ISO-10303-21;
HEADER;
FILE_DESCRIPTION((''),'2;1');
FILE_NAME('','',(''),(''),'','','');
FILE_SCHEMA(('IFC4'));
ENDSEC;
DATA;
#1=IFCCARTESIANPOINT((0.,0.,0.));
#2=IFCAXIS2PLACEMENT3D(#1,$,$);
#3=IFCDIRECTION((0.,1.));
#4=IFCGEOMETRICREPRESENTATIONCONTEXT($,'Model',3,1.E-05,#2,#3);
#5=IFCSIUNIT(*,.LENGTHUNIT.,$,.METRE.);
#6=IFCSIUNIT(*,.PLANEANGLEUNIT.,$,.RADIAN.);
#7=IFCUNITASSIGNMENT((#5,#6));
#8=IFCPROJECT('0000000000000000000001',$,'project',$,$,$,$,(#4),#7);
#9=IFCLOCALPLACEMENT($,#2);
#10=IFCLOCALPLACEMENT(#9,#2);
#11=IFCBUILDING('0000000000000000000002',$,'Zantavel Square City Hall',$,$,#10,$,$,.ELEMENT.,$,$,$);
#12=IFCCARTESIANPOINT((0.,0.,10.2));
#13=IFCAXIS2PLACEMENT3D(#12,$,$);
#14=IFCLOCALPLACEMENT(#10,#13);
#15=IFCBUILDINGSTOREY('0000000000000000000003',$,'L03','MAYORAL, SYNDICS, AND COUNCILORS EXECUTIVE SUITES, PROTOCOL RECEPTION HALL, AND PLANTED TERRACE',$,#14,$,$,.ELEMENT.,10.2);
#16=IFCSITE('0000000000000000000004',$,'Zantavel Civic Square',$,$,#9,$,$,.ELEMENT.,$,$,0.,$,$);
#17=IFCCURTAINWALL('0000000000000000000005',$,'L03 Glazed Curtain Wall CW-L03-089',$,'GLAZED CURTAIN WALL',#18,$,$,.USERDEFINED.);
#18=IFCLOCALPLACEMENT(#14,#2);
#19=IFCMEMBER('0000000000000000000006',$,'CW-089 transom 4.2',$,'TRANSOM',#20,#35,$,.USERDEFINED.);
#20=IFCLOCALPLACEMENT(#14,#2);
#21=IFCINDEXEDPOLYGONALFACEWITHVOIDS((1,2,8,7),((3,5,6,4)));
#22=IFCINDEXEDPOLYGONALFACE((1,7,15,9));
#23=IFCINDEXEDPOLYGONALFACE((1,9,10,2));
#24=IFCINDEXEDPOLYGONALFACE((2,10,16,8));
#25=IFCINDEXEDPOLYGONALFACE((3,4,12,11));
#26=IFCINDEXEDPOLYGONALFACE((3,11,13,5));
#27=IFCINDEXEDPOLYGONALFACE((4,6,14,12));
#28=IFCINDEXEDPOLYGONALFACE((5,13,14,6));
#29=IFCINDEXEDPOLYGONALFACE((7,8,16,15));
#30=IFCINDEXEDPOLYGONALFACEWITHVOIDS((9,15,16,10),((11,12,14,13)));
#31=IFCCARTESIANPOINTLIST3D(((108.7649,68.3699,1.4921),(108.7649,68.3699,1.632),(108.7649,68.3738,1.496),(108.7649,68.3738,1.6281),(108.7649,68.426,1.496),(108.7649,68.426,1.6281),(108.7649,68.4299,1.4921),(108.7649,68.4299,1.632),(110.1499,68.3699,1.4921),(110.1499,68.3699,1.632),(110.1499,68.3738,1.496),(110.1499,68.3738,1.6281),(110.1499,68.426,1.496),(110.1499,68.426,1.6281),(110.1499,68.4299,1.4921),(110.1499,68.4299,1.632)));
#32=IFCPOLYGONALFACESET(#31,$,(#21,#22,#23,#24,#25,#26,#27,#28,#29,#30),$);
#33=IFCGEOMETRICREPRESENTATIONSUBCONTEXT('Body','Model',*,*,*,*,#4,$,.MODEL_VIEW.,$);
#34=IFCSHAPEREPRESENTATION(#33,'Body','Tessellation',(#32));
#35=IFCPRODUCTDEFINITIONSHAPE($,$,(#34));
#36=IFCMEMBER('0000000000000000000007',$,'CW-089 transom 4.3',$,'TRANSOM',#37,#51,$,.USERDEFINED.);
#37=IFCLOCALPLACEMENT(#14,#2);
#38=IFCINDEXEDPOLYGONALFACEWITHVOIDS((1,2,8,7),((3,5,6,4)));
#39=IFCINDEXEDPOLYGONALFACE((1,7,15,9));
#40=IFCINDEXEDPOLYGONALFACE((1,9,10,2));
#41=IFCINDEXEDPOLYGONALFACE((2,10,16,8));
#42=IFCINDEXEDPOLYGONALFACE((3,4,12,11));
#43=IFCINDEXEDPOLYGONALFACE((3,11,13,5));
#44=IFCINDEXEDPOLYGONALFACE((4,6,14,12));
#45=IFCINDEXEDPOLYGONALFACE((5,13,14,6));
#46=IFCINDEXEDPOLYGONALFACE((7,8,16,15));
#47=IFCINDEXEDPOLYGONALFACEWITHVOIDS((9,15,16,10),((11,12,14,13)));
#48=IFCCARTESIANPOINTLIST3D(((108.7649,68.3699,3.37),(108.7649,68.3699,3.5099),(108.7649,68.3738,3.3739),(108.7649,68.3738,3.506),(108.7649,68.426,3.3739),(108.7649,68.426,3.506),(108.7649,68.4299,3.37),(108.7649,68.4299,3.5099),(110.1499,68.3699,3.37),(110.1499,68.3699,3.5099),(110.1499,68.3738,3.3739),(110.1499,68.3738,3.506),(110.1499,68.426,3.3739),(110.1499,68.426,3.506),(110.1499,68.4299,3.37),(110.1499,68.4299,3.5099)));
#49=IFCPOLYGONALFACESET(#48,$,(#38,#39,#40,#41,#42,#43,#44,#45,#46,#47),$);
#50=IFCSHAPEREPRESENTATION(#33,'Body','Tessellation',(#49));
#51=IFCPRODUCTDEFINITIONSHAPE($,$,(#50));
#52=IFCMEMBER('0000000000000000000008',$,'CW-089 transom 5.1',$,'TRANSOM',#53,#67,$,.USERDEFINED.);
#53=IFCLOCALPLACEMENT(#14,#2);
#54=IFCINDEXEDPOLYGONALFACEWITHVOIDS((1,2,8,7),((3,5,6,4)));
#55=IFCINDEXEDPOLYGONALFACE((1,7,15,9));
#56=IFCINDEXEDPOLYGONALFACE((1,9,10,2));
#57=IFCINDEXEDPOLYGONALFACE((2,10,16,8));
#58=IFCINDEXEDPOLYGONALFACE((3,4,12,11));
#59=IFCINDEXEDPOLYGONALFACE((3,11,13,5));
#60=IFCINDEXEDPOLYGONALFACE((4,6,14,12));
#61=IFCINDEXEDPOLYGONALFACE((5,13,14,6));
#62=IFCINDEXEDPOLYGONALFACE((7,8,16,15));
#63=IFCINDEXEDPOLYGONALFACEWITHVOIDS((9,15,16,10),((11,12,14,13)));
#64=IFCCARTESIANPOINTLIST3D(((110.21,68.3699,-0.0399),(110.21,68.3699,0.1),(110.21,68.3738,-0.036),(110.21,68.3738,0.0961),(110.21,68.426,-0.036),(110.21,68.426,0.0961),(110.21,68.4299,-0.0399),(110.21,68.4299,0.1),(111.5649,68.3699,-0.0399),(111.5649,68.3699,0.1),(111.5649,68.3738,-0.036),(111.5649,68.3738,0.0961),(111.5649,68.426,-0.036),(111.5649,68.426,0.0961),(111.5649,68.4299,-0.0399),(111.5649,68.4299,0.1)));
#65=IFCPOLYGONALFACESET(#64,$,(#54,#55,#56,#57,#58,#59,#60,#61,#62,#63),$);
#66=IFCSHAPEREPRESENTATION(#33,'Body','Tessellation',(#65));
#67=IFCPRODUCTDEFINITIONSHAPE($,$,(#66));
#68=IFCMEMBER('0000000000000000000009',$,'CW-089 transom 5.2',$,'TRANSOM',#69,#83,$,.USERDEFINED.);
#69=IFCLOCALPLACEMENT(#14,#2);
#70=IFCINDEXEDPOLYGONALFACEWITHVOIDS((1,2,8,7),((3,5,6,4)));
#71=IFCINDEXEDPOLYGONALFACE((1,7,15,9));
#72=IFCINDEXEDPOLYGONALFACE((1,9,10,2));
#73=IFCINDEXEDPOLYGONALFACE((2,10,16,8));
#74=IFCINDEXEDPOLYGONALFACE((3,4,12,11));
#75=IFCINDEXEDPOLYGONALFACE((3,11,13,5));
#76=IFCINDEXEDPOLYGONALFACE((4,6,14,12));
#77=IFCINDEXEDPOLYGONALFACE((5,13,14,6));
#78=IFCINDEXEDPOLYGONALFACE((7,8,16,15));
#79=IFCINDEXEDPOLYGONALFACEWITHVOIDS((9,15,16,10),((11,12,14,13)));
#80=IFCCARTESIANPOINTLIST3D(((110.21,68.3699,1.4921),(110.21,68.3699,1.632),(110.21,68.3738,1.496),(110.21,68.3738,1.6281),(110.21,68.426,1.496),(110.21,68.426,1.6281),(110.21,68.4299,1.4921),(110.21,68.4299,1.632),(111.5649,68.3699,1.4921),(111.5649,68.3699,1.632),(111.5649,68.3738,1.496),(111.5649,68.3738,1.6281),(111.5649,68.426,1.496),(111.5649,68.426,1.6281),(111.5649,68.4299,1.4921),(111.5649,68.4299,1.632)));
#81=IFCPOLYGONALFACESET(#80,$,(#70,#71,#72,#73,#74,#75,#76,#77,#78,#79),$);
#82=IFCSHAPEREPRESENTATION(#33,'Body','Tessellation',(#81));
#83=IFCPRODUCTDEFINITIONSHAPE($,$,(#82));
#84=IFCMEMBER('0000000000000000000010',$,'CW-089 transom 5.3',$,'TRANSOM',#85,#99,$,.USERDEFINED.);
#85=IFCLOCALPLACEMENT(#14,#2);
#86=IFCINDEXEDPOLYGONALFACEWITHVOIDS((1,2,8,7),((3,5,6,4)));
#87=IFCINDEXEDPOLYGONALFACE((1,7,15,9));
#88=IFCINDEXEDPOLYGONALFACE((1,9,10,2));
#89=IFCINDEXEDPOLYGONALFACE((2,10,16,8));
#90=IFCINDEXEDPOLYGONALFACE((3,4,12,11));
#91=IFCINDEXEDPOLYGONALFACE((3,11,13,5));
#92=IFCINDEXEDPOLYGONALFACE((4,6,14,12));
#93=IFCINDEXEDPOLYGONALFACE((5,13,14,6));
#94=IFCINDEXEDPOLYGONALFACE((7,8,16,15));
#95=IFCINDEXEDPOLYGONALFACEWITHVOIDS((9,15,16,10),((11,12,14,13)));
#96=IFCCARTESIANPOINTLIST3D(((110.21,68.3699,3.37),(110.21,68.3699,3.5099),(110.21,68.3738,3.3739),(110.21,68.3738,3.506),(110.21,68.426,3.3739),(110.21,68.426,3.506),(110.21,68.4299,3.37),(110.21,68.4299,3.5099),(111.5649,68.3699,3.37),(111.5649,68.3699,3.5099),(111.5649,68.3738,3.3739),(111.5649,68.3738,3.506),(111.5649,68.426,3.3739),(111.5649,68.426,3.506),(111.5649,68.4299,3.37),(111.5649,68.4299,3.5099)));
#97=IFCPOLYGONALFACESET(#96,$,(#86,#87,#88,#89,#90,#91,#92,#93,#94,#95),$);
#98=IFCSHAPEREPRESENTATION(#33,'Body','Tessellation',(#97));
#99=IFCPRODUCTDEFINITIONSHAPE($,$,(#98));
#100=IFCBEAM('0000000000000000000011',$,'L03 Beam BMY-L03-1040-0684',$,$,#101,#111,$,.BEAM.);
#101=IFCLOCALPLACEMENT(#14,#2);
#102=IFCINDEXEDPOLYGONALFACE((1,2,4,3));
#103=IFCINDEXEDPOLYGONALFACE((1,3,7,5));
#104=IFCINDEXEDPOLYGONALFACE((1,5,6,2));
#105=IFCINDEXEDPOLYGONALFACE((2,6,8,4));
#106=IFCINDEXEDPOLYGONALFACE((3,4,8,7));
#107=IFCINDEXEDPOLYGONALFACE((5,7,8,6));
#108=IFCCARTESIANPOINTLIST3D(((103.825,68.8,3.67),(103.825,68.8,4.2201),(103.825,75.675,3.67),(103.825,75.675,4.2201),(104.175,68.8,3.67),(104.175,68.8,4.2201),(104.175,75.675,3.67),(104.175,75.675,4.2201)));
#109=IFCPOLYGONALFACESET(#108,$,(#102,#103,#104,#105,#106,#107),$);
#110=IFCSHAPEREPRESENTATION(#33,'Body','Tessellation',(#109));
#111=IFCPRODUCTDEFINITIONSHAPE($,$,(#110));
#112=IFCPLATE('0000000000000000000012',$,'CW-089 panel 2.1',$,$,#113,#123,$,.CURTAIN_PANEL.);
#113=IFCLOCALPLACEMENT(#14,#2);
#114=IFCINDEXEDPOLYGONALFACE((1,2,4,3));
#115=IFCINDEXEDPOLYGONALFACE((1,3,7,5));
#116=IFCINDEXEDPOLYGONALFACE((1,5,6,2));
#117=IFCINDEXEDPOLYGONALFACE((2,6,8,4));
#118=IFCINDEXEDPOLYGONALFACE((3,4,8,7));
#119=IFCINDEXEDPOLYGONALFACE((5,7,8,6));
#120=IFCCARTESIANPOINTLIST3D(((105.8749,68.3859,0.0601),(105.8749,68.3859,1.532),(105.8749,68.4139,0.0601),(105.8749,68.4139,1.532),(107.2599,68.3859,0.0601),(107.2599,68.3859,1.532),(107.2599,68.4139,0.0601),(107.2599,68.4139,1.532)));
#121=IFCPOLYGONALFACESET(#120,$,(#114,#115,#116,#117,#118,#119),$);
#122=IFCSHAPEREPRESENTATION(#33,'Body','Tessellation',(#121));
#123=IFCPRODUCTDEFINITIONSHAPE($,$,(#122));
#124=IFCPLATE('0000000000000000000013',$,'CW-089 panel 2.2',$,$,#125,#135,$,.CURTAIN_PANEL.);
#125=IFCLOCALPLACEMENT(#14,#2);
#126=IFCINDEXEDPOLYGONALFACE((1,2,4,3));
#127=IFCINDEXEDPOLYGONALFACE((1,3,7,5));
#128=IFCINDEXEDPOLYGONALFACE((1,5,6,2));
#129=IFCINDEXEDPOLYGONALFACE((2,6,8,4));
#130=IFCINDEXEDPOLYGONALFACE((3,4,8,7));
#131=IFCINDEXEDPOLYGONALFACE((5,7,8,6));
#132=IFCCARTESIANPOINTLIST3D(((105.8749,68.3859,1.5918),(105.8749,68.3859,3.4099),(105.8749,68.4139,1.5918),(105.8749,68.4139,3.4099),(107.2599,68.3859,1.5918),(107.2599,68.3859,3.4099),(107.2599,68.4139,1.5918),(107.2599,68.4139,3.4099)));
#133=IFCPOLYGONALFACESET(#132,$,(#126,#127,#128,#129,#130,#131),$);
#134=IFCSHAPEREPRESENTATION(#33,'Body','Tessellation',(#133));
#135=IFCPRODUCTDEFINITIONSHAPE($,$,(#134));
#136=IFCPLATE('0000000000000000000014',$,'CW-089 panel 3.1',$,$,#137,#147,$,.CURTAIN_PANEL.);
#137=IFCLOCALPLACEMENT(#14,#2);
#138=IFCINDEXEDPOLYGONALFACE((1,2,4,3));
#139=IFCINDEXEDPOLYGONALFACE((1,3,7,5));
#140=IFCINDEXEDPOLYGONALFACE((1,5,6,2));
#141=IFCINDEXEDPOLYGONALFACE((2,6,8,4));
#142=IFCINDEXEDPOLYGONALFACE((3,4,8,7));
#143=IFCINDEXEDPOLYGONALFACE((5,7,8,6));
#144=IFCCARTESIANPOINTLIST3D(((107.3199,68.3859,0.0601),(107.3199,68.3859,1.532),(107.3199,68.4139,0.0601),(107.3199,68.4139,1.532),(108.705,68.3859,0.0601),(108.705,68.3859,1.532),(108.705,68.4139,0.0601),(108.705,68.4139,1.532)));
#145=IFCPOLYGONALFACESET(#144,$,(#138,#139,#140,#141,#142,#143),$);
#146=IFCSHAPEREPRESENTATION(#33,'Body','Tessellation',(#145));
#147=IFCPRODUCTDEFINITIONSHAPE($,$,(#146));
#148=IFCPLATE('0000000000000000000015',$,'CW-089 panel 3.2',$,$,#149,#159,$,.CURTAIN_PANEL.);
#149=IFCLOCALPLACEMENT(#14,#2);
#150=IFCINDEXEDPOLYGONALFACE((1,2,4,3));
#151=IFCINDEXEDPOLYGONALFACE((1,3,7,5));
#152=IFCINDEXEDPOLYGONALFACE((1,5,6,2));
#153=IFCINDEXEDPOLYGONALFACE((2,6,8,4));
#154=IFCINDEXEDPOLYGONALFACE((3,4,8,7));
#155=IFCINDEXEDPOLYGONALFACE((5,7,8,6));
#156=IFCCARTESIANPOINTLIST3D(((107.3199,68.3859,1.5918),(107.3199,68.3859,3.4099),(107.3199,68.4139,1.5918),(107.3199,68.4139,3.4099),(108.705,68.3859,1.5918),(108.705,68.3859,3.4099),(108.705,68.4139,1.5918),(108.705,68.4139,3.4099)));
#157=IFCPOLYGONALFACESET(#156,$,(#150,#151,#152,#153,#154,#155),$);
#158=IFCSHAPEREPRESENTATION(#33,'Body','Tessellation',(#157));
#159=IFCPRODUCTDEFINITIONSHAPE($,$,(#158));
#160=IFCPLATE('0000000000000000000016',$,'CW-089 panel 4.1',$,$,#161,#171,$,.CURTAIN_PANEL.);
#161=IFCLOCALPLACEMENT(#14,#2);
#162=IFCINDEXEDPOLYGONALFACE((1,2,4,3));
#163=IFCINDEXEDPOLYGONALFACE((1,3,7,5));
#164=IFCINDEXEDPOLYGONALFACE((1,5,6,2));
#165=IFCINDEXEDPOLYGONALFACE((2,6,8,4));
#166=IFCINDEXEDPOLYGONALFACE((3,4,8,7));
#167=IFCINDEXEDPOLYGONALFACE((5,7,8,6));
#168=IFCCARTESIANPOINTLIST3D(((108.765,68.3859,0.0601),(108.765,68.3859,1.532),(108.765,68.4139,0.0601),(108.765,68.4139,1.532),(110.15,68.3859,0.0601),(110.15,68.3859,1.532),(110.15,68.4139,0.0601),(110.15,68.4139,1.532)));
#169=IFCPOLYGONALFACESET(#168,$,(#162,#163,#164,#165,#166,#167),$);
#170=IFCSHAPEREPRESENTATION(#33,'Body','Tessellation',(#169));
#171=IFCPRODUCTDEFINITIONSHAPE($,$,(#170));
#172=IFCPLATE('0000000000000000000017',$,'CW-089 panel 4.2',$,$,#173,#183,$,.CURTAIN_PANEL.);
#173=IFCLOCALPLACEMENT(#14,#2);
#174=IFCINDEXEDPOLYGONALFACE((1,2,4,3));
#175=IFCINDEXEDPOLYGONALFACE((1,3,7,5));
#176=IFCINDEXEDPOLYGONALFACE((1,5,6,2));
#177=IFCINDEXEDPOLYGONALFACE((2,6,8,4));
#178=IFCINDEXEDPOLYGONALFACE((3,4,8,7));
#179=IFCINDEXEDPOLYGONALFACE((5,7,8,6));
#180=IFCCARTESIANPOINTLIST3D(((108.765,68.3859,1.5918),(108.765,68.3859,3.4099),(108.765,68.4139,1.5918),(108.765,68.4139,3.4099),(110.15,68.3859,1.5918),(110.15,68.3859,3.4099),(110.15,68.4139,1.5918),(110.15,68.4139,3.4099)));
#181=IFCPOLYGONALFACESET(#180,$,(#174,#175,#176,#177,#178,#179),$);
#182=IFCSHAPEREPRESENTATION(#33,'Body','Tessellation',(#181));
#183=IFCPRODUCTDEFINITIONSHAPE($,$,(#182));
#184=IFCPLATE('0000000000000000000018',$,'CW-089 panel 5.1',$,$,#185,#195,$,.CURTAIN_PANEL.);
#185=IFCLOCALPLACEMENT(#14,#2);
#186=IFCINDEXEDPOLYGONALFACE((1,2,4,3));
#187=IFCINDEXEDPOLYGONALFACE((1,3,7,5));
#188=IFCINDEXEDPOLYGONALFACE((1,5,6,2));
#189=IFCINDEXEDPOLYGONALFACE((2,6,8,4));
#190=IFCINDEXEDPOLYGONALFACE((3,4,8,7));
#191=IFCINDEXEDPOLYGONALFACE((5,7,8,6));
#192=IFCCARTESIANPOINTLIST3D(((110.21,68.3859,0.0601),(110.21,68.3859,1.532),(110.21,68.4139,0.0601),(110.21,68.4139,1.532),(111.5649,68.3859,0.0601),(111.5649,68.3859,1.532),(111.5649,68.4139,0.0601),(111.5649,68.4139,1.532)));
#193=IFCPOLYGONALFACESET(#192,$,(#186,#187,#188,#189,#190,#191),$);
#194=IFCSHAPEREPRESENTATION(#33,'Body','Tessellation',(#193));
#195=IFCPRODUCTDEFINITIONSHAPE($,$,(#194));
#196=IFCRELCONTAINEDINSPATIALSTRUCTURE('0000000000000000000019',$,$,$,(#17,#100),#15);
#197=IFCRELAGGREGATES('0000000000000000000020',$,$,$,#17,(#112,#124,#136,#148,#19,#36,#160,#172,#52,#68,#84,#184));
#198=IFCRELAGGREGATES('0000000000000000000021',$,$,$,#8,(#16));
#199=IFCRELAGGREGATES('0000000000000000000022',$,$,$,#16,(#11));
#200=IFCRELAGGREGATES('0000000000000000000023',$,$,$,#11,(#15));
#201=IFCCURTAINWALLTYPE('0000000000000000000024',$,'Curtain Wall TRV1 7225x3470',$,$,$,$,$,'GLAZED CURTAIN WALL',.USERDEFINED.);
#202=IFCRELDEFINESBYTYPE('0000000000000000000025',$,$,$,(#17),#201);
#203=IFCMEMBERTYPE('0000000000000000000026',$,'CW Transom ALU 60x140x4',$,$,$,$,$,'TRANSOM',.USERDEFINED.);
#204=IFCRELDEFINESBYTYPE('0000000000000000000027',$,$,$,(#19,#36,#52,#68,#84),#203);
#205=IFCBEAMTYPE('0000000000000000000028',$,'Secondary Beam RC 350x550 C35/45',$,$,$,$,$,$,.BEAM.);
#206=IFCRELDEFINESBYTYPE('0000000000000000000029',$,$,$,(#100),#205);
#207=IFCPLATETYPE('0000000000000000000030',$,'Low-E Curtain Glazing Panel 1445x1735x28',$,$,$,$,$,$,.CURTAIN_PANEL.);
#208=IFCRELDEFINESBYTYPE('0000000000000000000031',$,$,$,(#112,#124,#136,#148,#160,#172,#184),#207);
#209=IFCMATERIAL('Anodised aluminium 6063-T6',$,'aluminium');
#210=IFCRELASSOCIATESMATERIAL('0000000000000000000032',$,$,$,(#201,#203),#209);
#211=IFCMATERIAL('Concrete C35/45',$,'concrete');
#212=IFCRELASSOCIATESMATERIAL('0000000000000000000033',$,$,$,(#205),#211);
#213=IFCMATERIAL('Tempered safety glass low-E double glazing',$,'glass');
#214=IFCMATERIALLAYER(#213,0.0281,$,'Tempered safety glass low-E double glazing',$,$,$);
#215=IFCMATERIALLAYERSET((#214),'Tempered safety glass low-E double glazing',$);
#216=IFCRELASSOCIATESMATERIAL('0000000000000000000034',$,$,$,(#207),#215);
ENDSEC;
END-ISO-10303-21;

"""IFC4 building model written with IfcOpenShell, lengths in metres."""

from ifc_helpers import new_model, si_unit, direction, frame, origin, origin_2d, place, context, subcontext, project, spatial, rectangle, hollow_rectangle, extrude, material, layer, layer_set, material_profile, profile_set, type_object, element, aggregate, save


model = new_model("IFC4")

# Units and contexts
model_context = context("Model", 3, precision=1e-05, world=origin(), true_north=direction((0.0, 1.0)))
body_context = subcontext(model_context, "Body", "Model", "MODEL_VIEW")
ifc_project = project(units=[si_unit("LENGTHUNIT", "METRE"), si_unit("PLANEANGLEUNIT", "RADIAN")], contexts=[model_context])

# Site, building, storey
site_placement = place(None, origin())
site = spatial("IfcSite", under=ifc_project, at=site_placement, Name="Zantavel Civic Square", CompositionType="ELEMENT", RefElevation=0.0)
building_placement = place(site_placement, origin())
building = spatial("IfcBuilding", under=site, at=building_placement, Name="Zantavel Square City Hall", CompositionType="ELEMENT")
storey_placement = place(building_placement, frame((0.0, 0.0, 10.2)))
storey = spatial("IfcBuildingStorey", under=building, at=storey_placement, Name="L03", Description="MAYORAL, SYNDICS, AND COUNCILORS EXECUTIVE SUITES, PROTOCOL RECEPTION HALL, AND PLANTED TERRACE", CompositionType="ELEMENT", Elevation=10.2)

# Curtain wall, members
ifc_material_1 = material(Name="Anodised aluminium 6063-T6", Category="aluminium")
curtain_wall_type = type_object("IfcCurtainWallType", Name="Curtain Wall TRV1 7225x3470", ElementType="GLAZED CURTAIN WALL", PredefinedType="USERDEFINED", material=ifc_material_1)
curtain_wall_placement = place(storey_placement, origin())
curtain_wall = element("IfcCurtainWall", 1, at=curtain_wall_placement, inside=storey, type_object=curtain_wall_type, Name="L03 Glazed Curtain Wall CW-L03-089", ObjectType="GLAZED CURTAIN WALL", PredefinedType="USERDEFINED")
ifc_material_profile_1 = material_profile(ifc_material_1, hollow_rectangle(XDim=0.0601, YDim=0.1399, WallThickness=0.0039, at=origin_2d()), Name="ALU 60x140x4")
ifc_profile_set_1 = profile_set([ifc_material_profile_1], Name="Anodised aluminium 6063-T6")
member_type_1 = type_object("IfcMemberType", Name="CW Transom ALU 60x140x4", ElementType="TRANSOM", PredefinedType="USERDEFINED", material=ifc_profile_set_1)
member_1_placement = place(storey_placement, frame((108.7649, 68.3999, 1.562), z_axis=(1.0, 0.0, 0.0), x_axis=(0.0, 1.0, 0.0)))
member_1 = element("IfcMember", 2, at=member_1_placement, type_object=member_type_1, Name="CW-089 transom 4.2", ObjectType="TRANSOM", PredefinedType="USERDEFINED", context=body_context, shape_type="SweptSolid", body=[
    extrude(hollow_rectangle(XDim=0.0601, YDim=0.1399, WallThickness=0.0039, at=origin_2d()), origin(), (0.0, 0.0, 1.0), 1.385),
])
member_2_placement = place(storey_placement, frame((108.7649, 68.3999, 3.4399), z_axis=(1.0, 0.0, 0.0), x_axis=(0.0, 1.0, 0.0)))
member_2 = element("IfcMember", 3, at=member_2_placement, type_object=member_type_1, Name="CW-089 transom 4.3", ObjectType="TRANSOM", PredefinedType="USERDEFINED", context=body_context, shape_type="SweptSolid", body=[
    extrude(hollow_rectangle(XDim=0.0601, YDim=0.1399, WallThickness=0.0039, at=origin_2d()), origin(), (0.0, 0.0, 1.0), 1.385),
])
member_3_placement = place(storey_placement, frame((110.21, 68.3999, 0.03), z_axis=(1.0, 0.0, 0.0), x_axis=(0.0, 1.0, 0.0)))
member_3 = element("IfcMember", 4, at=member_3_placement, type_object=member_type_1, Name="CW-089 transom 5.1", ObjectType="TRANSOM", PredefinedType="USERDEFINED", context=body_context, shape_type="SweptSolid", body=[
    extrude(hollow_rectangle(XDim=0.0601, YDim=0.1399, WallThickness=0.0039, at=origin_2d()), origin(), (0.0, 0.0, 1.0), 1.355),
])
member_4_placement = place(storey_placement, frame((110.21, 68.3999, 1.562), z_axis=(1.0, 0.0, 0.0), x_axis=(0.0, 1.0, 0.0)))
member_4 = element("IfcMember", 5, at=member_4_placement, type_object=member_type_1, Name="CW-089 transom 5.2", ObjectType="TRANSOM", PredefinedType="USERDEFINED", context=body_context, shape_type="SweptSolid", body=[
    extrude(hollow_rectangle(XDim=0.0601, YDim=0.1399, WallThickness=0.0039, at=origin_2d()), origin(), (0.0, 0.0, 1.0), 1.355),
])
member_5_placement = place(storey_placement, frame((110.21, 68.3999, 3.4399), z_axis=(1.0, 0.0, 0.0), x_axis=(0.0, 1.0, 0.0)))
member_5 = element("IfcMember", 6, at=member_5_placement, type_object=member_type_1, Name="CW-089 transom 5.3", ObjectType="TRANSOM", PredefinedType="USERDEFINED", context=body_context, shape_type="SweptSolid", body=[
    extrude(hollow_rectangle(XDim=0.0601, YDim=0.1399, WallThickness=0.0039, at=origin_2d()), origin(), (0.0, 0.0, 1.0), 1.355),
])

# Beam
ifc_material_2 = material(Name="Concrete C35/45", Category="concrete")
ifc_material_profile_2 = material_profile(ifc_material_2, rectangle(XDim=0.3501, YDim=0.55, at=origin_2d()), Name="RC 350x550")
ifc_profile_set_2 = profile_set([ifc_material_profile_2], Name="Concrete C35/45")
beam_type = type_object("IfcBeamType", Name="Secondary Beam RC 350x550 C35/45", PredefinedType="BEAM", material=ifc_profile_set_2)
beam_placement = place(storey_placement, frame((104.0, 68.8, 3.9451), z_axis=(0.0, 1.0, 0.0), x_axis=(-1.0, 0.0, 0.0)))
element("IfcBeam", 7, at=beam_placement, inside=storey, type_object=beam_type, Name="L03 Beam BMY-L03-1040-0684", PredefinedType="BEAM", context=body_context, shape_type="SweptSolid", body=[
    extrude(rectangle(XDim=0.3501, YDim=0.55, at=origin_2d()), origin(), (0.0, 0.0, 1.0), 6.875),
])

# Plates
ifc_material_3 = material(Name="Tempered safety glass low-E double glazing", Category="glass")
ifc_layer = layer(ifc_material_3, 0.0281, Name="Tempered safety glass low-E double glazing")
ifc_layer_set = layer_set([ifc_layer], Name="Tempered safety glass low-E double glazing")
plate_type = type_object("IfcPlateType", Name="Low-E Curtain Glazing Panel 1445x1735x28", PredefinedType="CURTAIN_PANEL", material=ifc_layer_set)
plate_1_placement = place(storey_placement, frame((106.5674, 68.3999, 0.0601), z_axis=(0.0, 0.0, 1.0), x_axis=(1.0, 0.0, 0.0)))
plate_1 = element("IfcPlate", 8, at=plate_1_placement, type_object=plate_type, Name="CW-089 panel 2.1", PredefinedType="CURTAIN_PANEL", context=body_context, shape_type="SweptSolid", body=[
    extrude(rectangle(XDim=1.385, YDim=0.0281, at=origin_2d()), origin(), (0.0, 0.0, 1.0), 1.4719),
])
plate_2_placement = place(storey_placement, frame((106.5674, 68.3999, 1.5918), z_axis=(0.0, 0.0, 1.0), x_axis=(1.0, 0.0, 0.0)))
plate_2 = element("IfcPlate", 9, at=plate_2_placement, type_object=plate_type, Name="CW-089 panel 2.2", PredefinedType="CURTAIN_PANEL", context=body_context, shape_type="SweptSolid", body=[
    extrude(rectangle(XDim=1.385, YDim=0.0281, at=origin_2d()), origin(), (0.0, 0.0, 1.0), 1.8181),
])
plate_3_placement = place(storey_placement, frame((108.0125, 68.3999, 0.0601), z_axis=(0.0, 0.0, 1.0), x_axis=(1.0, 0.0, 0.0)))
plate_3 = element("IfcPlate", 10, at=plate_3_placement, type_object=plate_type, Name="CW-089 panel 3.1", PredefinedType="CURTAIN_PANEL", context=body_context, shape_type="SweptSolid", body=[
    extrude(rectangle(XDim=1.385, YDim=0.0281, at=origin_2d()), origin(), (0.0, 0.0, 1.0), 1.4719),
])
plate_4_placement = place(storey_placement, frame((108.0125, 68.3999, 1.5918), z_axis=(0.0, 0.0, 1.0), x_axis=(1.0, 0.0, 0.0)))
plate_4 = element("IfcPlate", 11, at=plate_4_placement, type_object=plate_type, Name="CW-089 panel 3.2", PredefinedType="CURTAIN_PANEL", context=body_context, shape_type="SweptSolid", body=[
    extrude(rectangle(XDim=1.385, YDim=0.0281, at=origin_2d()), origin(), (0.0, 0.0, 1.0), 1.8181),
])
plate_5_placement = place(storey_placement, frame((109.4575, 68.3999, 0.0601), z_axis=(0.0, 0.0, 1.0), x_axis=(1.0, 0.0, 0.0)))
plate_5 = element("IfcPlate", 12, at=plate_5_placement, type_object=plate_type, Name="CW-089 panel 4.1", PredefinedType="CURTAIN_PANEL", context=body_context, shape_type="SweptSolid", body=[
    extrude(rectangle(XDim=1.385, YDim=0.0281, at=origin_2d()), origin(), (0.0, 0.0, 1.0), 1.4719),
])
plate_6_placement = place(storey_placement, frame((109.4575, 68.3999, 1.5918), z_axis=(0.0, 0.0, 1.0), x_axis=(1.0, 0.0, 0.0)))
plate_6 = element("IfcPlate", 13, at=plate_6_placement, type_object=plate_type, Name="CW-089 panel 4.2", PredefinedType="CURTAIN_PANEL", context=body_context, shape_type="SweptSolid", body=[
    extrude(rectangle(XDim=1.385, YDim=0.0281, at=origin_2d()), origin(), (0.0, 0.0, 1.0), 1.8181),
])
plate_7_placement = place(storey_placement, frame((110.8875, 68.3999, 0.0601), z_axis=(0.0, 0.0, 1.0), x_axis=(1.0, 0.0, 0.0)))
plate_7 = element("IfcPlate", 14, at=plate_7_placement, type_object=plate_type, Name="CW-089 panel 5.1", PredefinedType="CURTAIN_PANEL", context=body_context, shape_type="SweptSolid", body=[
    extrude(rectangle(XDim=1.355, YDim=0.0281, at=origin_2d()), origin(), (0.0, 0.0, 1.0), 1.4719),
])
aggregate(curtain_wall, [plate_1, plate_2, plate_3, plate_4, member_1, member_2, plate_5, plate_6, member_3, member_4, member_5, plate_7])

save(model, "model.ifc")
